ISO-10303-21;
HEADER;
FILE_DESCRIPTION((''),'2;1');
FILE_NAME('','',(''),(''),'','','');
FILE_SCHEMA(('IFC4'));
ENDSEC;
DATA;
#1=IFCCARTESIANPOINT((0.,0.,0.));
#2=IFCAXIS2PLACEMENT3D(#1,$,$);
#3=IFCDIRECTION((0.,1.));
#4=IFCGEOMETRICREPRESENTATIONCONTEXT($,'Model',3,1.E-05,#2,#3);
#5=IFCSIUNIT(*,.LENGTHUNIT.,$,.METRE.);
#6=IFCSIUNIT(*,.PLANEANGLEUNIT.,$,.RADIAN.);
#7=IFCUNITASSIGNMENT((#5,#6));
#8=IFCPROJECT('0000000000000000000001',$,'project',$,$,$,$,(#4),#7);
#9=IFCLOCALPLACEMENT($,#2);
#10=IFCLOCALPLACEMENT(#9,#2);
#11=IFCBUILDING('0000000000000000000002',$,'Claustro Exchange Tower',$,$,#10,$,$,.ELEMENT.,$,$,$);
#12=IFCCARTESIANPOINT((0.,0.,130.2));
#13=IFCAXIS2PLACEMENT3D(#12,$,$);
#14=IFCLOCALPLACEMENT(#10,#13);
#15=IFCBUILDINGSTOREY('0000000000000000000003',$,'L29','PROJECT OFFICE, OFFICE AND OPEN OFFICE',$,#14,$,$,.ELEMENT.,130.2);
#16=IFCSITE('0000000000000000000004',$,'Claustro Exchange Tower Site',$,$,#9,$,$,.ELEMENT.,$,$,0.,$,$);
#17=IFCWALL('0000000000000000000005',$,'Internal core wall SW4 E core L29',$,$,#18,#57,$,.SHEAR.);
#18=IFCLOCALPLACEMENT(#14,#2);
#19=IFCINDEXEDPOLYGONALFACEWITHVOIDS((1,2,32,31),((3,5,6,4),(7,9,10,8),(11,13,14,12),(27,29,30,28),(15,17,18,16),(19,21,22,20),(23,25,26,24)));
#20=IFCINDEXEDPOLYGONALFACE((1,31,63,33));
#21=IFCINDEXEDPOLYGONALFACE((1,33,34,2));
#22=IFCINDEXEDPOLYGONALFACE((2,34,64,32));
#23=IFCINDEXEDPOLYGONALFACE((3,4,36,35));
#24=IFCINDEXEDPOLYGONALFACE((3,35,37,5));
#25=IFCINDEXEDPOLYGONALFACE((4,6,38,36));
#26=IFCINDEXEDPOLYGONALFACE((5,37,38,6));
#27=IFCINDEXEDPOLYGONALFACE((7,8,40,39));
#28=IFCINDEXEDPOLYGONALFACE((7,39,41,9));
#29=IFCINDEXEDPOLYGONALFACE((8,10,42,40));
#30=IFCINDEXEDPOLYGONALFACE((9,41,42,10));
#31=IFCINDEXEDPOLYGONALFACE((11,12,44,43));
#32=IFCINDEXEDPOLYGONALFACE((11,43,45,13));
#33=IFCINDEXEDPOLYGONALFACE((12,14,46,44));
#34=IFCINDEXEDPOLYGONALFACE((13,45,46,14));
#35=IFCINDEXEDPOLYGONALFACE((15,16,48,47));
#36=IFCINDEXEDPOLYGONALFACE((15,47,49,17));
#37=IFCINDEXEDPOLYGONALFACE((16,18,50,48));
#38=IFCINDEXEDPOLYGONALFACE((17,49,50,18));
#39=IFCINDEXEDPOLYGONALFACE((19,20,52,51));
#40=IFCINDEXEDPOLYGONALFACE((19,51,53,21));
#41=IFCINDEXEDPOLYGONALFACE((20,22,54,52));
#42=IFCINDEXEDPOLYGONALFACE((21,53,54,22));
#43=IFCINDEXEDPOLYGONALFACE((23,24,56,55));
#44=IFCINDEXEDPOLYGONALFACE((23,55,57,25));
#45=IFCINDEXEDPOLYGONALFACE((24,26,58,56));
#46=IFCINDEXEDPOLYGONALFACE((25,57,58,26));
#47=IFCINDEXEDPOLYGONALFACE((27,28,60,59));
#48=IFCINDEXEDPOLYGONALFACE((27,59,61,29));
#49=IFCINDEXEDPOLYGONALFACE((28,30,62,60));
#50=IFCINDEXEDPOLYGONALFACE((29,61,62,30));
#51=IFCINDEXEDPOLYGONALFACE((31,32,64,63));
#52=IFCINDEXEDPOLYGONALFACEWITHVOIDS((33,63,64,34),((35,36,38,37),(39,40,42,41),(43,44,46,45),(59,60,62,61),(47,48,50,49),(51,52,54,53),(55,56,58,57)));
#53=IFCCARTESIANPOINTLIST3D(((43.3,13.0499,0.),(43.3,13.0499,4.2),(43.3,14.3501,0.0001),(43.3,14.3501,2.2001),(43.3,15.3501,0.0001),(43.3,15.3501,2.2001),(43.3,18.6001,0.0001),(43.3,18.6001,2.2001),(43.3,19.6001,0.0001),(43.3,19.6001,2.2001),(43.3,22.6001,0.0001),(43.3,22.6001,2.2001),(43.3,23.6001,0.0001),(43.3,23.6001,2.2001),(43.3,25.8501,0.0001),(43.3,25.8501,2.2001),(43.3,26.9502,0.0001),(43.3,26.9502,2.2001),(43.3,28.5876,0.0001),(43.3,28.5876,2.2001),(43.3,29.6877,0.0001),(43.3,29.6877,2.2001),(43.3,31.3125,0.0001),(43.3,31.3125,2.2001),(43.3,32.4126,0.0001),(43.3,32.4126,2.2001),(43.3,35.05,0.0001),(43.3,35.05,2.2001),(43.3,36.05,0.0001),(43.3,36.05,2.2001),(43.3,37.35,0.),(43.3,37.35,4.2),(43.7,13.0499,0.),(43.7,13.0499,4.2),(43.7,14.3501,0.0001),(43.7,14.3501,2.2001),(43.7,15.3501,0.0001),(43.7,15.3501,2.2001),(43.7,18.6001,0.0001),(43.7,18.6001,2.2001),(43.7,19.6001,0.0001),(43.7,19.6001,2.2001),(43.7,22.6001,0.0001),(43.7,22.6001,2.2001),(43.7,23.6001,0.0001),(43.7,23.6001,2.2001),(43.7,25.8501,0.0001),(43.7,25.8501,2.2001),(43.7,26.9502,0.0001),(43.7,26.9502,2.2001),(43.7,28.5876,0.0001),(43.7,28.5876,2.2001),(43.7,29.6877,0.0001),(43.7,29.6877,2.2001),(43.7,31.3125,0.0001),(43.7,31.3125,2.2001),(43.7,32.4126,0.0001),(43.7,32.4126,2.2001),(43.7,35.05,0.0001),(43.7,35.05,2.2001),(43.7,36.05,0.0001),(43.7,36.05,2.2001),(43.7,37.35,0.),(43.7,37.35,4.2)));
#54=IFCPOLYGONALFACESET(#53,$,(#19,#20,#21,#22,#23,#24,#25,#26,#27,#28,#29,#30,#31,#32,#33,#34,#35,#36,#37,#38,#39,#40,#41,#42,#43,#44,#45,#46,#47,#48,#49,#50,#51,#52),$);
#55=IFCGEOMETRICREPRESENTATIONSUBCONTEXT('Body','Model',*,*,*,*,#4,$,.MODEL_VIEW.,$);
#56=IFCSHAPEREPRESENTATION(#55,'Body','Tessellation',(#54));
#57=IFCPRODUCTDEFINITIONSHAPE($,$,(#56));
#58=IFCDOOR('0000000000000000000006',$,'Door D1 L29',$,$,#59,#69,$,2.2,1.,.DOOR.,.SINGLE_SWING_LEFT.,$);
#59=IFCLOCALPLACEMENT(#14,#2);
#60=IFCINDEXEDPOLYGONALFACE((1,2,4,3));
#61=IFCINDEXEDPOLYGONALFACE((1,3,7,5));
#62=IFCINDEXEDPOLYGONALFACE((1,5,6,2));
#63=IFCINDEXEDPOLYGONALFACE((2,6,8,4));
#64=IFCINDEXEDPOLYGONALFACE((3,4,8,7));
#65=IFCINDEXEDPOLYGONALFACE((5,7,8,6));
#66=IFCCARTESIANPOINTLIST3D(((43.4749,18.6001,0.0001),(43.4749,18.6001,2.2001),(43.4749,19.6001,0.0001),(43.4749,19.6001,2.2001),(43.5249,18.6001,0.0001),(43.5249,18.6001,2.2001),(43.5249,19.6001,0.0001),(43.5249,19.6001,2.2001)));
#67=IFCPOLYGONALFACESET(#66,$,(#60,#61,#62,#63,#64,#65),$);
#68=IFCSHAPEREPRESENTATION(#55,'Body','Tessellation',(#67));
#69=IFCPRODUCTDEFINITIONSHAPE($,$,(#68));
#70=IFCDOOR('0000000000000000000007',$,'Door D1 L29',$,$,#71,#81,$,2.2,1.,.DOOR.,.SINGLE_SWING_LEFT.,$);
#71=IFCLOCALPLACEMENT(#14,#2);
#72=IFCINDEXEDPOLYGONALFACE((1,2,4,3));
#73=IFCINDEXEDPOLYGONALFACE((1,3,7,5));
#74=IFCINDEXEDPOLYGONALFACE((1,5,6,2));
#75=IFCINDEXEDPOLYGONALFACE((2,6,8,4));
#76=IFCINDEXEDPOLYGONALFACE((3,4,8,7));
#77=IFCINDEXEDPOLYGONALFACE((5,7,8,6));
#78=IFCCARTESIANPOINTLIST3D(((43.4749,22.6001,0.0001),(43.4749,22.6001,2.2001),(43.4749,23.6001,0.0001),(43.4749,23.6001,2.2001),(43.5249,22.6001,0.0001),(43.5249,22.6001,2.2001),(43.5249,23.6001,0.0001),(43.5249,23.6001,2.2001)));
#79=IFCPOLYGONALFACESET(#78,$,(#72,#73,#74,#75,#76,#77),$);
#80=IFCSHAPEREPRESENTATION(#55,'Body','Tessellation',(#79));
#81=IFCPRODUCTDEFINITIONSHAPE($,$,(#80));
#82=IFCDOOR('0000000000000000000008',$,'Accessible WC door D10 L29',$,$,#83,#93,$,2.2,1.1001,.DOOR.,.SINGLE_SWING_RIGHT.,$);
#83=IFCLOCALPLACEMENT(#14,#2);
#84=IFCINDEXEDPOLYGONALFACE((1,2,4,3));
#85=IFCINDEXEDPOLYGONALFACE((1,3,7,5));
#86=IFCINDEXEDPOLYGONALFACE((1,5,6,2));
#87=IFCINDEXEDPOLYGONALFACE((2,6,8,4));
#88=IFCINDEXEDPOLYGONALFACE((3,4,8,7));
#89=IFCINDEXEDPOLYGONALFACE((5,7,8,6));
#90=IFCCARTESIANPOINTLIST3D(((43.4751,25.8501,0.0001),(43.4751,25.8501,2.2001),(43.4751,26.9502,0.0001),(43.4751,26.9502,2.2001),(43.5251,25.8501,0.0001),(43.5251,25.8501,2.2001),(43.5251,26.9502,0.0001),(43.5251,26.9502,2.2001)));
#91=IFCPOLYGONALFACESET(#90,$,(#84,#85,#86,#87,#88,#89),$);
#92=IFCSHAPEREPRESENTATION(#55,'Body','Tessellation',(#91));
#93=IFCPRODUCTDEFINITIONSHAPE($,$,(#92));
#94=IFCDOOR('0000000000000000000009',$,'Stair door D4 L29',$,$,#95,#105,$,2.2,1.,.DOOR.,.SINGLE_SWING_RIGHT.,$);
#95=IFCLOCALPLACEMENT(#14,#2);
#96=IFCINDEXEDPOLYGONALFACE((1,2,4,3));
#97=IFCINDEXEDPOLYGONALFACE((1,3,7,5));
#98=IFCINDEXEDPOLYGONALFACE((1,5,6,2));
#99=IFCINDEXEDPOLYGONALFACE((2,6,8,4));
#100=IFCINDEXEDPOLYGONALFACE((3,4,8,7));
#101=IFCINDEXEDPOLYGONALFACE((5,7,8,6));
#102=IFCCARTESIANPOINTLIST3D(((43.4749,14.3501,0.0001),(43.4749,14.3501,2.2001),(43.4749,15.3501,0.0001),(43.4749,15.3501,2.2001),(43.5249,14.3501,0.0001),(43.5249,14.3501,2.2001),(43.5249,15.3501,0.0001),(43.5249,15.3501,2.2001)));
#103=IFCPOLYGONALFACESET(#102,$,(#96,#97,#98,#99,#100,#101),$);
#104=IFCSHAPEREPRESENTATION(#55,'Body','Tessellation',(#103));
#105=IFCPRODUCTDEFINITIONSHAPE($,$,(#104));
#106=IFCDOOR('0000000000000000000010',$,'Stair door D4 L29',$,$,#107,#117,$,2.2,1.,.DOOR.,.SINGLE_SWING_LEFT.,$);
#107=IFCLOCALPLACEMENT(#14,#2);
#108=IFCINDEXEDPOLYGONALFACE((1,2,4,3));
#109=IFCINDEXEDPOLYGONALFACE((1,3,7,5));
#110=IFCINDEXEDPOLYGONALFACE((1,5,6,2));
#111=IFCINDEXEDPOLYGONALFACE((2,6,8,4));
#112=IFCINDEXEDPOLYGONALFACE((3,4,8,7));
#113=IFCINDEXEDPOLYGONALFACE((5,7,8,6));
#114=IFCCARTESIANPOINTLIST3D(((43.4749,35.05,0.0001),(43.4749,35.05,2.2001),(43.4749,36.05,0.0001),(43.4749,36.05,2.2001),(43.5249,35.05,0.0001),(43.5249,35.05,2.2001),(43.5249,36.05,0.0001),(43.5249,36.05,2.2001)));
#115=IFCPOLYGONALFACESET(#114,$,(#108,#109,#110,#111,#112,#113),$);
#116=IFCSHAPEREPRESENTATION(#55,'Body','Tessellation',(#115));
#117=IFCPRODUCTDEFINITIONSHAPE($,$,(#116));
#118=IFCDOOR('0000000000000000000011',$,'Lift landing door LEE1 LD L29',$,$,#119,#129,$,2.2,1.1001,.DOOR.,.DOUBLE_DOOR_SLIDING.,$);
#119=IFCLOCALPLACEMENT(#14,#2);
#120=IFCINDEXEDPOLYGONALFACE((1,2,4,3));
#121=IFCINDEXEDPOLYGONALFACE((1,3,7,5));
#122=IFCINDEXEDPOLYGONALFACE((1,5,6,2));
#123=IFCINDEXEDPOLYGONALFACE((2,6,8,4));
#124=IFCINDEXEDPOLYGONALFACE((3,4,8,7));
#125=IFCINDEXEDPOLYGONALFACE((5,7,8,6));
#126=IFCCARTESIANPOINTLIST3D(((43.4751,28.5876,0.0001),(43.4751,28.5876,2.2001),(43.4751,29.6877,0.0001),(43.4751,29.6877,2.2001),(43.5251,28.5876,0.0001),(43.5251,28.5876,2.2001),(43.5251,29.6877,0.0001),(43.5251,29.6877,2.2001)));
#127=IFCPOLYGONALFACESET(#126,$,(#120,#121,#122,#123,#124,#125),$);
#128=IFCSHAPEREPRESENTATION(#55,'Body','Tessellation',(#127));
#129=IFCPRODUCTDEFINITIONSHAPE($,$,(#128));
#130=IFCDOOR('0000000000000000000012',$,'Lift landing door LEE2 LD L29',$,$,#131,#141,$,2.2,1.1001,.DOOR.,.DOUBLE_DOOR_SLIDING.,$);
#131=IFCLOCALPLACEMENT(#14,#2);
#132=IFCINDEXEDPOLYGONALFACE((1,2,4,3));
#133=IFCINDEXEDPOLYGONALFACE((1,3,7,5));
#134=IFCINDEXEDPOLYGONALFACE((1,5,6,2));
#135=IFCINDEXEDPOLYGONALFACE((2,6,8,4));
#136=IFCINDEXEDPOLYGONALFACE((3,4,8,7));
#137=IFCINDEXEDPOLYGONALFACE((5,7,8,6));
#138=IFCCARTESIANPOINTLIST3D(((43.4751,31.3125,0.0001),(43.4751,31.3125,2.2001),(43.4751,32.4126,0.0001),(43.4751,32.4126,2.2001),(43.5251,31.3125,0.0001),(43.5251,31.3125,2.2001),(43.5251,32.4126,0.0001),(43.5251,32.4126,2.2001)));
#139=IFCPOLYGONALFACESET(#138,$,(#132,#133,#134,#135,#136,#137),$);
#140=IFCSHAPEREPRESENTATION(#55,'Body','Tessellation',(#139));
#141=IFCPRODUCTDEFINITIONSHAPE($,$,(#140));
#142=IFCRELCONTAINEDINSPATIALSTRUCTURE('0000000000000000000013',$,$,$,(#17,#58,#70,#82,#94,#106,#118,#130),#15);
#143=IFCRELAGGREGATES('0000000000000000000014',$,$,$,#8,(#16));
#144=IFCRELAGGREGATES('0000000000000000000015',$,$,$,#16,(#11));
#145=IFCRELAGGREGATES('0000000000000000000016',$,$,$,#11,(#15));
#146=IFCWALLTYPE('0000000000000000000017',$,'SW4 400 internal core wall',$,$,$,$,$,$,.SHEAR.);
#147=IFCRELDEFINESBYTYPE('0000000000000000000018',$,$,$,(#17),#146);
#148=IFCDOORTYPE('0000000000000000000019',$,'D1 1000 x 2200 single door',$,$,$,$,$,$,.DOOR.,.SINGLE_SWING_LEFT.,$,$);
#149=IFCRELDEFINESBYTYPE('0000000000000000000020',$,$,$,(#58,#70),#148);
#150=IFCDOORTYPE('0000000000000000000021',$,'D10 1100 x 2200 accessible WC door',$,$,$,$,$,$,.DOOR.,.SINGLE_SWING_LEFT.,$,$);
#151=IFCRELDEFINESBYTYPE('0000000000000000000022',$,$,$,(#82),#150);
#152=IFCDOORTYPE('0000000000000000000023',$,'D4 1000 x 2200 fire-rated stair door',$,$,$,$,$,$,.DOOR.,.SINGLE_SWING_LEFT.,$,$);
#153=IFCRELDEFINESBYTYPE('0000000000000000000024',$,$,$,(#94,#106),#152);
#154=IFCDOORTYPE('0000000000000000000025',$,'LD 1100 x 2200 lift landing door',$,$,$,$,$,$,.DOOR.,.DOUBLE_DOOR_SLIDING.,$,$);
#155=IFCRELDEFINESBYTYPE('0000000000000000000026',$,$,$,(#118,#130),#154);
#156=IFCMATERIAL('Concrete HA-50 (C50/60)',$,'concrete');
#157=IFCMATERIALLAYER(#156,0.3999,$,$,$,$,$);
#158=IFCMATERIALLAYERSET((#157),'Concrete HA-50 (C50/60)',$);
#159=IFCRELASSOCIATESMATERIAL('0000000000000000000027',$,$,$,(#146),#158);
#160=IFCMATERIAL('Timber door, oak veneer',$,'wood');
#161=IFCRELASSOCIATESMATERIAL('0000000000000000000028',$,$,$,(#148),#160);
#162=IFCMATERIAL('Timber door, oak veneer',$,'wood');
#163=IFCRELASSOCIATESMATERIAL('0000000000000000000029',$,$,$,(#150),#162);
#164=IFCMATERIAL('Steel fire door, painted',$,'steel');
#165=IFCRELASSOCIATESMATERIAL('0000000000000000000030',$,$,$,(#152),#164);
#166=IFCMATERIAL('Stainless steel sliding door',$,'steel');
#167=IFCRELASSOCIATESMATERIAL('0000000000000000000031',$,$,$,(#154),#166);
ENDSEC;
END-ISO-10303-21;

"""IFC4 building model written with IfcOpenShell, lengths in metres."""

from ifc_helpers import new_model, si_unit, direction, frame, frame_2d, origin, place, context, subcontext, project, spatial, rectangle, extrude, material, layer, layer_set, type_object, element, fill, save


model = new_model("IFC4")

# Units and contexts
model_context = context("Model", 3, precision=1e-05, world=origin(), true_north=direction((0.0, 1.0)))
body_context = subcontext(model_context, "Body", "Model", "MODEL_VIEW")
ifc_project = project(units=[si_unit("LENGTHUNIT", "METRE"), si_unit("PLANEANGLEUNIT", "RADIAN")], contexts=[model_context])

# Site, building, storey
site_placement = place(None, origin())
site = spatial("IfcSite", under=ifc_project, at=site_placement, Name="Claustro Exchange Tower Site", CompositionType="ELEMENT", RefElevation=0.0)
building_placement = place(site_placement, origin())
building = spatial("IfcBuilding", under=site, at=building_placement, Name="Claustro Exchange Tower", CompositionType="ELEMENT")
storey_placement = place(building_placement, frame((0.0, 0.0, 130.2)))
storey = spatial("IfcBuildingStorey", under=building, at=storey_placement, Name="L29", Description="PROJECT OFFICE, OFFICE AND OPEN OFFICE", CompositionType="ELEMENT", Elevation=130.2)

# Wall, openings, doors
ifc_material_1 = material(Name="Concrete HA-50 (C50/60)", Category="concrete")
ifc_layer_1 = layer(ifc_material_1, 0.3999)
ifc_layer_set_1 = layer_set([ifc_layer_1], Name="Concrete HA-50 (C50/60)")
wall_type_1 = type_object("IfcWallType", Name="SW4 400 internal core wall", PredefinedType="SHEAR", material=ifc_layer_set_1)
wall_1_placement = place(storey_placement, frame((43.5, 13.05, 0.0), z_axis=(0.0, 0.0, 1.0), x_axis=(0.0, 1.0, 0.0)))
wall_1 = element("IfcWall", 1, at=wall_1_placement, inside=storey, type_object=wall_type_1, Name="Internal core wall SW4 E core L29", PredefinedType="SHEAR", context=body_context, shape_type="SweptSolid", body=[
    extrude(rectangle(XDim=24.3, YDim=0.3999, at=frame_2d((12.1499, 0.0))), origin(), (0.0, 0.0, 1.0), 4.2),
])
opening_1_placement = place(wall_1_placement, frame((1.3, 0.0, 0.0)))
opening_1 = element("IfcOpeningElement", 2, at=opening_1_placement, cuts=wall_1, PredefinedType="OPENING", context=body_context, shape_type="SweptSolid", body=[
    extrude(rectangle(XDim=1.0, YDim=2.2, at=frame_2d((0.5, 1.1001))), frame((0.0, 0.21, 0.0), z_axis=(0.0, -1.0, 0.0), x_axis=(1.0, 0.0, 0.0)), (0.0, 0.0, 1.0), 0.4199),
])
opening_2_placement = place(wall_1_placement, frame((22.0, 0.0, 0.0)))
opening_2 = element("IfcOpeningElement", 3, at=opening_2_placement, cuts=wall_1, PredefinedType="OPENING", context=body_context, shape_type="SweptSolid", body=[
    extrude(rectangle(XDim=1.0, YDim=2.2, at=frame_2d((0.5, 1.1001))), frame((0.0, 0.21, 0.0), z_axis=(0.0, -1.0, 0.0), x_axis=(1.0, 0.0, 0.0)), (0.0, 0.0, 1.0), 0.4199),
])
opening_3_placement = place(wall_1_placement, frame((5.55, 0.0, 0.0)))
opening_3 = element("IfcOpeningElement", 4, at=opening_3_placement, cuts=wall_1, PredefinedType="OPENING", context=body_context, shape_type="SweptSolid", body=[
    extrude(rectangle(XDim=1.0, YDim=2.2, at=frame_2d((0.5, 1.1001))), frame((0.0, 0.21, 0.0), z_axis=(0.0, -1.0, 0.0), x_axis=(1.0, 0.0, 0.0)), (0.0, 0.0, 1.0), 0.4199),
])
opening_4_placement = place(wall_1_placement, frame((9.55, 0.0, 0.0)))
opening_4 = element("IfcOpeningElement", 5, at=opening_4_placement, cuts=wall_1, PredefinedType="OPENING", context=body_context, shape_type="SweptSolid", body=[
    extrude(rectangle(XDim=1.0, YDim=2.2, at=frame_2d((0.5, 1.1001))), frame((0.0, 0.21, 0.0), z_axis=(0.0, -1.0, 0.0), x_axis=(1.0, 0.0, 0.0)), (0.0, 0.0, 1.0), 0.4199),
])
opening_5_placement = place(wall_1_placement, frame((12.8, 0.0, 0.0)))
opening_5 = element("IfcOpeningElement", 6, at=opening_5_placement, cuts=wall_1, PredefinedType="OPENING", context=body_context, shape_type="SweptSolid", body=[
    extrude(rectangle(XDim=1.1001, YDim=2.2, at=frame_2d((0.55, 1.1001))), frame((0.0, 0.21, 0.0), z_axis=(0.0, -1.0, 0.0), x_axis=(1.0, 0.0, 0.0)), (0.0, 0.0, 1.0), 0.4199),
])
opening_6_placement = place(wall_1_placement, frame((15.5376, 0.0, 0.0)))
opening_6 = element("IfcOpeningElement", 7, at=opening_6_placement, cuts=wall_1, PredefinedType="OPENING", context=body_context, shape_type="SweptSolid", body=[
    extrude(rectangle(XDim=1.1001, YDim=2.2, at=frame_2d((0.55, 1.1001))), frame((0.0, 0.21, 0.0), z_axis=(0.0, -1.0, 0.0), x_axis=(1.0, 0.0, 0.0)), (0.0, 0.0, 1.0), 0.4199),
])
opening_7_placement = place(wall_1_placement, frame((18.2625, 0.0, 0.0)))
opening_7 = element("IfcOpeningElement", 8, at=opening_7_placement, cuts=wall_1, PredefinedType="OPENING", context=body_context, shape_type="SweptSolid", body=[
    extrude(rectangle(XDim=1.1001, YDim=2.2, at=frame_2d((0.55, 1.1001))), frame((0.0, 0.21, 0.0), z_axis=(0.0, -1.0, 0.0), x_axis=(1.0, 0.0, 0.0)), (0.0, 0.0, 1.0), 0.4199),
])
ifc_material_2 = material(Name="Timber door, oak veneer", Category="wood")
door_type_1 = type_object("IfcDoorType", Name="D1 1000 x 2200 single door", OperationType="SINGLE_SWING_LEFT", PredefinedType="DOOR", material=ifc_material_2)
door_1_placement = place(opening_3_placement, frame((1.0, 0.0, 0.0), z_axis=(0.0, 0.0, 1.0), x_axis=(-1.0, 0.0, 0.0)))
door_1 = element("IfcDoor", 9, at=door_1_placement, inside=storey, type_object=door_type_1, Name="Door D1 L29", OperationType="SINGLE_SWING_LEFT", OverallHeight=2.2, OverallWidth=1.0, PredefinedType="DOOR", context=body_context, shape_type="SweptSolid", body=[
    extrude(rectangle(XDim=1.0, YDim=2.2, at=frame_2d((0.5, 1.1001))), frame((0.0, 0.0249, 0.0), z_axis=(0.0, -1.0, 0.0), x_axis=(1.0, 0.0, 0.0)), (0.0, 0.0, 1.0), 0.05),
])
fill(opening_3, door_1)
door_2_placement = place(opening_4_placement, frame((1.0, 0.0, 0.0), z_axis=(0.0, 0.0, 1.0), x_axis=(-1.0, 0.0, 0.0)))
door_2 = element("IfcDoor", 10, at=door_2_placement, inside=storey, type_object=door_type_1, Name="Door D1 L29", OperationType="SINGLE_SWING_LEFT", OverallHeight=2.2, OverallWidth=1.0, PredefinedType="DOOR", context=body_context, shape_type="SweptSolid", body=[
    extrude(rectangle(XDim=1.0, YDim=2.2, at=frame_2d((0.5, 1.1001))), frame((0.0, 0.0249, 0.0), z_axis=(0.0, -1.0, 0.0), x_axis=(1.0, 0.0, 0.0)), (0.0, 0.0, 1.0), 0.05),
])
fill(opening_4, door_2)
ifc_material_3 = material(Name="Timber door, oak veneer", Category="wood")
door_type_2 = type_object("IfcDoorType", Name="D10 1100 x 2200 accessible WC door", OperationType="SINGLE_SWING_LEFT", PredefinedType="DOOR", material=ifc_material_3)
door_3_placement = place(opening_5_placement, origin())
door_3 = element("IfcDoor", 11, at=door_3_placement, inside=storey, type_object=door_type_2, Name="Accessible WC door D10 L29", OperationType="SINGLE_SWING_RIGHT", OverallHeight=2.2, OverallWidth=1.1001, PredefinedType="DOOR", context=body_context, shape_type="SweptSolid", body=[
    extrude(rectangle(XDim=1.1001, YDim=2.2, at=frame_2d((0.55, 1.1001))), frame((0.0, 0.0249, 0.0), z_axis=(0.0, -1.0, 0.0), x_axis=(1.0, 0.0, 0.0)), (0.0, 0.0, 1.0), 0.05),
])
fill(opening_5, door_3)
ifc_material_4 = material(Name="Steel fire door, painted", Category="steel")
door_type_3 = type_object("IfcDoorType", Name="D4 1000 x 2200 fire-rated stair door", OperationType="SINGLE_SWING_LEFT", PredefinedType="DOOR", material=ifc_material_4)
door_4_placement = place(opening_1_placement, frame((1.0, 0.0, 0.0), z_axis=(0.0, 0.0, 1.0), x_axis=(-1.0, 0.0, 0.0)))
door_4 = element("IfcDoor", 12, at=door_4_placement, inside=storey, type_object=door_type_3, Name="Stair door D4 L29", OperationType="SINGLE_SWING_RIGHT", OverallHeight=2.2, OverallWidth=1.0, PredefinedType="DOOR", context=body_context, shape_type="SweptSolid", body=[
    extrude(rectangle(XDim=1.0, YDim=2.2, at=frame_2d((0.5, 1.1001))), frame((0.0, 0.0249, 0.0), z_axis=(0.0, -1.0, 0.0), x_axis=(1.0, 0.0, 0.0)), (0.0, 0.0, 1.0), 0.05),
])
fill(opening_1, door_4)
door_5_placement = place(opening_2_placement, frame((1.0, 0.0, 0.0), z_axis=(0.0, 0.0, 1.0), x_axis=(-1.0, 0.0, 0.0)))
door_5 = element("IfcDoor", 13, at=door_5_placement, inside=storey, type_object=door_type_3, Name="Stair door D4 L29", OperationType="SINGLE_SWING_LEFT", OverallHeight=2.2, OverallWidth=1.0, PredefinedType="DOOR", context=body_context, shape_type="SweptSolid", body=[
    extrude(rectangle(XDim=1.0, YDim=2.2, at=frame_2d((0.5, 1.1001))), frame((0.0, 0.0249, 0.0), z_axis=(0.0, -1.0, 0.0), x_axis=(1.0, 0.0, 0.0)), (0.0, 0.0, 1.0), 0.05),
])
fill(opening_2, door_5)
ifc_material_5 = material(Name="Stainless steel sliding door", Category="steel")
door_type_4 = type_object("IfcDoorType", Name="LD 1100 x 2200 lift landing door", OperationType="DOUBLE_DOOR_SLIDING", PredefinedType="DOOR", material=ifc_material_5)
door_6_placement = place(opening_6_placement, origin())
door_6 = element("IfcDoor", 14, at=door_6_placement, inside=storey, type_object=door_type_4, Name="Lift landing door LEE1 LD L29", OperationType="DOUBLE_DOOR_SLIDING", OverallHeight=2.2, OverallWidth=1.1001, PredefinedType="DOOR", context=body_context, shape_type="SweptSolid", body=[
    extrude(rectangle(XDim=1.1001, YDim=2.2, at=frame_2d((0.55, 1.1001))), frame((0.0, 0.0249, 0.0), z_axis=(0.0, -1.0, 0.0), x_axis=(1.0, 0.0, 0.0)), (0.0, 0.0, 1.0), 0.05),
])
fill(opening_6, door_6)
door_7_placement = place(opening_7_placement, origin())
door_7 = element("IfcDoor", 15, at=door_7_placement, inside=storey, type_object=door_type_4, Name="Lift landing door LEE2 LD L29", OperationType="DOUBLE_DOOR_SLIDING", OverallHeight=2.2, OverallWidth=1.1001, PredefinedType="DOOR", context=body_context, shape_type="SweptSolid", body=[
    extrude(rectangle(XDim=1.1001, YDim=2.2, at=frame_2d((0.55, 1.1001))), frame((0.0, 0.0249, 0.0), z_axis=(0.0, -1.0, 0.0), x_axis=(1.0, 0.0, 0.0)), (0.0, 0.0, 1.0), 0.05),
])
fill(opening_7, door_7)

save(model, "model.ifc")
